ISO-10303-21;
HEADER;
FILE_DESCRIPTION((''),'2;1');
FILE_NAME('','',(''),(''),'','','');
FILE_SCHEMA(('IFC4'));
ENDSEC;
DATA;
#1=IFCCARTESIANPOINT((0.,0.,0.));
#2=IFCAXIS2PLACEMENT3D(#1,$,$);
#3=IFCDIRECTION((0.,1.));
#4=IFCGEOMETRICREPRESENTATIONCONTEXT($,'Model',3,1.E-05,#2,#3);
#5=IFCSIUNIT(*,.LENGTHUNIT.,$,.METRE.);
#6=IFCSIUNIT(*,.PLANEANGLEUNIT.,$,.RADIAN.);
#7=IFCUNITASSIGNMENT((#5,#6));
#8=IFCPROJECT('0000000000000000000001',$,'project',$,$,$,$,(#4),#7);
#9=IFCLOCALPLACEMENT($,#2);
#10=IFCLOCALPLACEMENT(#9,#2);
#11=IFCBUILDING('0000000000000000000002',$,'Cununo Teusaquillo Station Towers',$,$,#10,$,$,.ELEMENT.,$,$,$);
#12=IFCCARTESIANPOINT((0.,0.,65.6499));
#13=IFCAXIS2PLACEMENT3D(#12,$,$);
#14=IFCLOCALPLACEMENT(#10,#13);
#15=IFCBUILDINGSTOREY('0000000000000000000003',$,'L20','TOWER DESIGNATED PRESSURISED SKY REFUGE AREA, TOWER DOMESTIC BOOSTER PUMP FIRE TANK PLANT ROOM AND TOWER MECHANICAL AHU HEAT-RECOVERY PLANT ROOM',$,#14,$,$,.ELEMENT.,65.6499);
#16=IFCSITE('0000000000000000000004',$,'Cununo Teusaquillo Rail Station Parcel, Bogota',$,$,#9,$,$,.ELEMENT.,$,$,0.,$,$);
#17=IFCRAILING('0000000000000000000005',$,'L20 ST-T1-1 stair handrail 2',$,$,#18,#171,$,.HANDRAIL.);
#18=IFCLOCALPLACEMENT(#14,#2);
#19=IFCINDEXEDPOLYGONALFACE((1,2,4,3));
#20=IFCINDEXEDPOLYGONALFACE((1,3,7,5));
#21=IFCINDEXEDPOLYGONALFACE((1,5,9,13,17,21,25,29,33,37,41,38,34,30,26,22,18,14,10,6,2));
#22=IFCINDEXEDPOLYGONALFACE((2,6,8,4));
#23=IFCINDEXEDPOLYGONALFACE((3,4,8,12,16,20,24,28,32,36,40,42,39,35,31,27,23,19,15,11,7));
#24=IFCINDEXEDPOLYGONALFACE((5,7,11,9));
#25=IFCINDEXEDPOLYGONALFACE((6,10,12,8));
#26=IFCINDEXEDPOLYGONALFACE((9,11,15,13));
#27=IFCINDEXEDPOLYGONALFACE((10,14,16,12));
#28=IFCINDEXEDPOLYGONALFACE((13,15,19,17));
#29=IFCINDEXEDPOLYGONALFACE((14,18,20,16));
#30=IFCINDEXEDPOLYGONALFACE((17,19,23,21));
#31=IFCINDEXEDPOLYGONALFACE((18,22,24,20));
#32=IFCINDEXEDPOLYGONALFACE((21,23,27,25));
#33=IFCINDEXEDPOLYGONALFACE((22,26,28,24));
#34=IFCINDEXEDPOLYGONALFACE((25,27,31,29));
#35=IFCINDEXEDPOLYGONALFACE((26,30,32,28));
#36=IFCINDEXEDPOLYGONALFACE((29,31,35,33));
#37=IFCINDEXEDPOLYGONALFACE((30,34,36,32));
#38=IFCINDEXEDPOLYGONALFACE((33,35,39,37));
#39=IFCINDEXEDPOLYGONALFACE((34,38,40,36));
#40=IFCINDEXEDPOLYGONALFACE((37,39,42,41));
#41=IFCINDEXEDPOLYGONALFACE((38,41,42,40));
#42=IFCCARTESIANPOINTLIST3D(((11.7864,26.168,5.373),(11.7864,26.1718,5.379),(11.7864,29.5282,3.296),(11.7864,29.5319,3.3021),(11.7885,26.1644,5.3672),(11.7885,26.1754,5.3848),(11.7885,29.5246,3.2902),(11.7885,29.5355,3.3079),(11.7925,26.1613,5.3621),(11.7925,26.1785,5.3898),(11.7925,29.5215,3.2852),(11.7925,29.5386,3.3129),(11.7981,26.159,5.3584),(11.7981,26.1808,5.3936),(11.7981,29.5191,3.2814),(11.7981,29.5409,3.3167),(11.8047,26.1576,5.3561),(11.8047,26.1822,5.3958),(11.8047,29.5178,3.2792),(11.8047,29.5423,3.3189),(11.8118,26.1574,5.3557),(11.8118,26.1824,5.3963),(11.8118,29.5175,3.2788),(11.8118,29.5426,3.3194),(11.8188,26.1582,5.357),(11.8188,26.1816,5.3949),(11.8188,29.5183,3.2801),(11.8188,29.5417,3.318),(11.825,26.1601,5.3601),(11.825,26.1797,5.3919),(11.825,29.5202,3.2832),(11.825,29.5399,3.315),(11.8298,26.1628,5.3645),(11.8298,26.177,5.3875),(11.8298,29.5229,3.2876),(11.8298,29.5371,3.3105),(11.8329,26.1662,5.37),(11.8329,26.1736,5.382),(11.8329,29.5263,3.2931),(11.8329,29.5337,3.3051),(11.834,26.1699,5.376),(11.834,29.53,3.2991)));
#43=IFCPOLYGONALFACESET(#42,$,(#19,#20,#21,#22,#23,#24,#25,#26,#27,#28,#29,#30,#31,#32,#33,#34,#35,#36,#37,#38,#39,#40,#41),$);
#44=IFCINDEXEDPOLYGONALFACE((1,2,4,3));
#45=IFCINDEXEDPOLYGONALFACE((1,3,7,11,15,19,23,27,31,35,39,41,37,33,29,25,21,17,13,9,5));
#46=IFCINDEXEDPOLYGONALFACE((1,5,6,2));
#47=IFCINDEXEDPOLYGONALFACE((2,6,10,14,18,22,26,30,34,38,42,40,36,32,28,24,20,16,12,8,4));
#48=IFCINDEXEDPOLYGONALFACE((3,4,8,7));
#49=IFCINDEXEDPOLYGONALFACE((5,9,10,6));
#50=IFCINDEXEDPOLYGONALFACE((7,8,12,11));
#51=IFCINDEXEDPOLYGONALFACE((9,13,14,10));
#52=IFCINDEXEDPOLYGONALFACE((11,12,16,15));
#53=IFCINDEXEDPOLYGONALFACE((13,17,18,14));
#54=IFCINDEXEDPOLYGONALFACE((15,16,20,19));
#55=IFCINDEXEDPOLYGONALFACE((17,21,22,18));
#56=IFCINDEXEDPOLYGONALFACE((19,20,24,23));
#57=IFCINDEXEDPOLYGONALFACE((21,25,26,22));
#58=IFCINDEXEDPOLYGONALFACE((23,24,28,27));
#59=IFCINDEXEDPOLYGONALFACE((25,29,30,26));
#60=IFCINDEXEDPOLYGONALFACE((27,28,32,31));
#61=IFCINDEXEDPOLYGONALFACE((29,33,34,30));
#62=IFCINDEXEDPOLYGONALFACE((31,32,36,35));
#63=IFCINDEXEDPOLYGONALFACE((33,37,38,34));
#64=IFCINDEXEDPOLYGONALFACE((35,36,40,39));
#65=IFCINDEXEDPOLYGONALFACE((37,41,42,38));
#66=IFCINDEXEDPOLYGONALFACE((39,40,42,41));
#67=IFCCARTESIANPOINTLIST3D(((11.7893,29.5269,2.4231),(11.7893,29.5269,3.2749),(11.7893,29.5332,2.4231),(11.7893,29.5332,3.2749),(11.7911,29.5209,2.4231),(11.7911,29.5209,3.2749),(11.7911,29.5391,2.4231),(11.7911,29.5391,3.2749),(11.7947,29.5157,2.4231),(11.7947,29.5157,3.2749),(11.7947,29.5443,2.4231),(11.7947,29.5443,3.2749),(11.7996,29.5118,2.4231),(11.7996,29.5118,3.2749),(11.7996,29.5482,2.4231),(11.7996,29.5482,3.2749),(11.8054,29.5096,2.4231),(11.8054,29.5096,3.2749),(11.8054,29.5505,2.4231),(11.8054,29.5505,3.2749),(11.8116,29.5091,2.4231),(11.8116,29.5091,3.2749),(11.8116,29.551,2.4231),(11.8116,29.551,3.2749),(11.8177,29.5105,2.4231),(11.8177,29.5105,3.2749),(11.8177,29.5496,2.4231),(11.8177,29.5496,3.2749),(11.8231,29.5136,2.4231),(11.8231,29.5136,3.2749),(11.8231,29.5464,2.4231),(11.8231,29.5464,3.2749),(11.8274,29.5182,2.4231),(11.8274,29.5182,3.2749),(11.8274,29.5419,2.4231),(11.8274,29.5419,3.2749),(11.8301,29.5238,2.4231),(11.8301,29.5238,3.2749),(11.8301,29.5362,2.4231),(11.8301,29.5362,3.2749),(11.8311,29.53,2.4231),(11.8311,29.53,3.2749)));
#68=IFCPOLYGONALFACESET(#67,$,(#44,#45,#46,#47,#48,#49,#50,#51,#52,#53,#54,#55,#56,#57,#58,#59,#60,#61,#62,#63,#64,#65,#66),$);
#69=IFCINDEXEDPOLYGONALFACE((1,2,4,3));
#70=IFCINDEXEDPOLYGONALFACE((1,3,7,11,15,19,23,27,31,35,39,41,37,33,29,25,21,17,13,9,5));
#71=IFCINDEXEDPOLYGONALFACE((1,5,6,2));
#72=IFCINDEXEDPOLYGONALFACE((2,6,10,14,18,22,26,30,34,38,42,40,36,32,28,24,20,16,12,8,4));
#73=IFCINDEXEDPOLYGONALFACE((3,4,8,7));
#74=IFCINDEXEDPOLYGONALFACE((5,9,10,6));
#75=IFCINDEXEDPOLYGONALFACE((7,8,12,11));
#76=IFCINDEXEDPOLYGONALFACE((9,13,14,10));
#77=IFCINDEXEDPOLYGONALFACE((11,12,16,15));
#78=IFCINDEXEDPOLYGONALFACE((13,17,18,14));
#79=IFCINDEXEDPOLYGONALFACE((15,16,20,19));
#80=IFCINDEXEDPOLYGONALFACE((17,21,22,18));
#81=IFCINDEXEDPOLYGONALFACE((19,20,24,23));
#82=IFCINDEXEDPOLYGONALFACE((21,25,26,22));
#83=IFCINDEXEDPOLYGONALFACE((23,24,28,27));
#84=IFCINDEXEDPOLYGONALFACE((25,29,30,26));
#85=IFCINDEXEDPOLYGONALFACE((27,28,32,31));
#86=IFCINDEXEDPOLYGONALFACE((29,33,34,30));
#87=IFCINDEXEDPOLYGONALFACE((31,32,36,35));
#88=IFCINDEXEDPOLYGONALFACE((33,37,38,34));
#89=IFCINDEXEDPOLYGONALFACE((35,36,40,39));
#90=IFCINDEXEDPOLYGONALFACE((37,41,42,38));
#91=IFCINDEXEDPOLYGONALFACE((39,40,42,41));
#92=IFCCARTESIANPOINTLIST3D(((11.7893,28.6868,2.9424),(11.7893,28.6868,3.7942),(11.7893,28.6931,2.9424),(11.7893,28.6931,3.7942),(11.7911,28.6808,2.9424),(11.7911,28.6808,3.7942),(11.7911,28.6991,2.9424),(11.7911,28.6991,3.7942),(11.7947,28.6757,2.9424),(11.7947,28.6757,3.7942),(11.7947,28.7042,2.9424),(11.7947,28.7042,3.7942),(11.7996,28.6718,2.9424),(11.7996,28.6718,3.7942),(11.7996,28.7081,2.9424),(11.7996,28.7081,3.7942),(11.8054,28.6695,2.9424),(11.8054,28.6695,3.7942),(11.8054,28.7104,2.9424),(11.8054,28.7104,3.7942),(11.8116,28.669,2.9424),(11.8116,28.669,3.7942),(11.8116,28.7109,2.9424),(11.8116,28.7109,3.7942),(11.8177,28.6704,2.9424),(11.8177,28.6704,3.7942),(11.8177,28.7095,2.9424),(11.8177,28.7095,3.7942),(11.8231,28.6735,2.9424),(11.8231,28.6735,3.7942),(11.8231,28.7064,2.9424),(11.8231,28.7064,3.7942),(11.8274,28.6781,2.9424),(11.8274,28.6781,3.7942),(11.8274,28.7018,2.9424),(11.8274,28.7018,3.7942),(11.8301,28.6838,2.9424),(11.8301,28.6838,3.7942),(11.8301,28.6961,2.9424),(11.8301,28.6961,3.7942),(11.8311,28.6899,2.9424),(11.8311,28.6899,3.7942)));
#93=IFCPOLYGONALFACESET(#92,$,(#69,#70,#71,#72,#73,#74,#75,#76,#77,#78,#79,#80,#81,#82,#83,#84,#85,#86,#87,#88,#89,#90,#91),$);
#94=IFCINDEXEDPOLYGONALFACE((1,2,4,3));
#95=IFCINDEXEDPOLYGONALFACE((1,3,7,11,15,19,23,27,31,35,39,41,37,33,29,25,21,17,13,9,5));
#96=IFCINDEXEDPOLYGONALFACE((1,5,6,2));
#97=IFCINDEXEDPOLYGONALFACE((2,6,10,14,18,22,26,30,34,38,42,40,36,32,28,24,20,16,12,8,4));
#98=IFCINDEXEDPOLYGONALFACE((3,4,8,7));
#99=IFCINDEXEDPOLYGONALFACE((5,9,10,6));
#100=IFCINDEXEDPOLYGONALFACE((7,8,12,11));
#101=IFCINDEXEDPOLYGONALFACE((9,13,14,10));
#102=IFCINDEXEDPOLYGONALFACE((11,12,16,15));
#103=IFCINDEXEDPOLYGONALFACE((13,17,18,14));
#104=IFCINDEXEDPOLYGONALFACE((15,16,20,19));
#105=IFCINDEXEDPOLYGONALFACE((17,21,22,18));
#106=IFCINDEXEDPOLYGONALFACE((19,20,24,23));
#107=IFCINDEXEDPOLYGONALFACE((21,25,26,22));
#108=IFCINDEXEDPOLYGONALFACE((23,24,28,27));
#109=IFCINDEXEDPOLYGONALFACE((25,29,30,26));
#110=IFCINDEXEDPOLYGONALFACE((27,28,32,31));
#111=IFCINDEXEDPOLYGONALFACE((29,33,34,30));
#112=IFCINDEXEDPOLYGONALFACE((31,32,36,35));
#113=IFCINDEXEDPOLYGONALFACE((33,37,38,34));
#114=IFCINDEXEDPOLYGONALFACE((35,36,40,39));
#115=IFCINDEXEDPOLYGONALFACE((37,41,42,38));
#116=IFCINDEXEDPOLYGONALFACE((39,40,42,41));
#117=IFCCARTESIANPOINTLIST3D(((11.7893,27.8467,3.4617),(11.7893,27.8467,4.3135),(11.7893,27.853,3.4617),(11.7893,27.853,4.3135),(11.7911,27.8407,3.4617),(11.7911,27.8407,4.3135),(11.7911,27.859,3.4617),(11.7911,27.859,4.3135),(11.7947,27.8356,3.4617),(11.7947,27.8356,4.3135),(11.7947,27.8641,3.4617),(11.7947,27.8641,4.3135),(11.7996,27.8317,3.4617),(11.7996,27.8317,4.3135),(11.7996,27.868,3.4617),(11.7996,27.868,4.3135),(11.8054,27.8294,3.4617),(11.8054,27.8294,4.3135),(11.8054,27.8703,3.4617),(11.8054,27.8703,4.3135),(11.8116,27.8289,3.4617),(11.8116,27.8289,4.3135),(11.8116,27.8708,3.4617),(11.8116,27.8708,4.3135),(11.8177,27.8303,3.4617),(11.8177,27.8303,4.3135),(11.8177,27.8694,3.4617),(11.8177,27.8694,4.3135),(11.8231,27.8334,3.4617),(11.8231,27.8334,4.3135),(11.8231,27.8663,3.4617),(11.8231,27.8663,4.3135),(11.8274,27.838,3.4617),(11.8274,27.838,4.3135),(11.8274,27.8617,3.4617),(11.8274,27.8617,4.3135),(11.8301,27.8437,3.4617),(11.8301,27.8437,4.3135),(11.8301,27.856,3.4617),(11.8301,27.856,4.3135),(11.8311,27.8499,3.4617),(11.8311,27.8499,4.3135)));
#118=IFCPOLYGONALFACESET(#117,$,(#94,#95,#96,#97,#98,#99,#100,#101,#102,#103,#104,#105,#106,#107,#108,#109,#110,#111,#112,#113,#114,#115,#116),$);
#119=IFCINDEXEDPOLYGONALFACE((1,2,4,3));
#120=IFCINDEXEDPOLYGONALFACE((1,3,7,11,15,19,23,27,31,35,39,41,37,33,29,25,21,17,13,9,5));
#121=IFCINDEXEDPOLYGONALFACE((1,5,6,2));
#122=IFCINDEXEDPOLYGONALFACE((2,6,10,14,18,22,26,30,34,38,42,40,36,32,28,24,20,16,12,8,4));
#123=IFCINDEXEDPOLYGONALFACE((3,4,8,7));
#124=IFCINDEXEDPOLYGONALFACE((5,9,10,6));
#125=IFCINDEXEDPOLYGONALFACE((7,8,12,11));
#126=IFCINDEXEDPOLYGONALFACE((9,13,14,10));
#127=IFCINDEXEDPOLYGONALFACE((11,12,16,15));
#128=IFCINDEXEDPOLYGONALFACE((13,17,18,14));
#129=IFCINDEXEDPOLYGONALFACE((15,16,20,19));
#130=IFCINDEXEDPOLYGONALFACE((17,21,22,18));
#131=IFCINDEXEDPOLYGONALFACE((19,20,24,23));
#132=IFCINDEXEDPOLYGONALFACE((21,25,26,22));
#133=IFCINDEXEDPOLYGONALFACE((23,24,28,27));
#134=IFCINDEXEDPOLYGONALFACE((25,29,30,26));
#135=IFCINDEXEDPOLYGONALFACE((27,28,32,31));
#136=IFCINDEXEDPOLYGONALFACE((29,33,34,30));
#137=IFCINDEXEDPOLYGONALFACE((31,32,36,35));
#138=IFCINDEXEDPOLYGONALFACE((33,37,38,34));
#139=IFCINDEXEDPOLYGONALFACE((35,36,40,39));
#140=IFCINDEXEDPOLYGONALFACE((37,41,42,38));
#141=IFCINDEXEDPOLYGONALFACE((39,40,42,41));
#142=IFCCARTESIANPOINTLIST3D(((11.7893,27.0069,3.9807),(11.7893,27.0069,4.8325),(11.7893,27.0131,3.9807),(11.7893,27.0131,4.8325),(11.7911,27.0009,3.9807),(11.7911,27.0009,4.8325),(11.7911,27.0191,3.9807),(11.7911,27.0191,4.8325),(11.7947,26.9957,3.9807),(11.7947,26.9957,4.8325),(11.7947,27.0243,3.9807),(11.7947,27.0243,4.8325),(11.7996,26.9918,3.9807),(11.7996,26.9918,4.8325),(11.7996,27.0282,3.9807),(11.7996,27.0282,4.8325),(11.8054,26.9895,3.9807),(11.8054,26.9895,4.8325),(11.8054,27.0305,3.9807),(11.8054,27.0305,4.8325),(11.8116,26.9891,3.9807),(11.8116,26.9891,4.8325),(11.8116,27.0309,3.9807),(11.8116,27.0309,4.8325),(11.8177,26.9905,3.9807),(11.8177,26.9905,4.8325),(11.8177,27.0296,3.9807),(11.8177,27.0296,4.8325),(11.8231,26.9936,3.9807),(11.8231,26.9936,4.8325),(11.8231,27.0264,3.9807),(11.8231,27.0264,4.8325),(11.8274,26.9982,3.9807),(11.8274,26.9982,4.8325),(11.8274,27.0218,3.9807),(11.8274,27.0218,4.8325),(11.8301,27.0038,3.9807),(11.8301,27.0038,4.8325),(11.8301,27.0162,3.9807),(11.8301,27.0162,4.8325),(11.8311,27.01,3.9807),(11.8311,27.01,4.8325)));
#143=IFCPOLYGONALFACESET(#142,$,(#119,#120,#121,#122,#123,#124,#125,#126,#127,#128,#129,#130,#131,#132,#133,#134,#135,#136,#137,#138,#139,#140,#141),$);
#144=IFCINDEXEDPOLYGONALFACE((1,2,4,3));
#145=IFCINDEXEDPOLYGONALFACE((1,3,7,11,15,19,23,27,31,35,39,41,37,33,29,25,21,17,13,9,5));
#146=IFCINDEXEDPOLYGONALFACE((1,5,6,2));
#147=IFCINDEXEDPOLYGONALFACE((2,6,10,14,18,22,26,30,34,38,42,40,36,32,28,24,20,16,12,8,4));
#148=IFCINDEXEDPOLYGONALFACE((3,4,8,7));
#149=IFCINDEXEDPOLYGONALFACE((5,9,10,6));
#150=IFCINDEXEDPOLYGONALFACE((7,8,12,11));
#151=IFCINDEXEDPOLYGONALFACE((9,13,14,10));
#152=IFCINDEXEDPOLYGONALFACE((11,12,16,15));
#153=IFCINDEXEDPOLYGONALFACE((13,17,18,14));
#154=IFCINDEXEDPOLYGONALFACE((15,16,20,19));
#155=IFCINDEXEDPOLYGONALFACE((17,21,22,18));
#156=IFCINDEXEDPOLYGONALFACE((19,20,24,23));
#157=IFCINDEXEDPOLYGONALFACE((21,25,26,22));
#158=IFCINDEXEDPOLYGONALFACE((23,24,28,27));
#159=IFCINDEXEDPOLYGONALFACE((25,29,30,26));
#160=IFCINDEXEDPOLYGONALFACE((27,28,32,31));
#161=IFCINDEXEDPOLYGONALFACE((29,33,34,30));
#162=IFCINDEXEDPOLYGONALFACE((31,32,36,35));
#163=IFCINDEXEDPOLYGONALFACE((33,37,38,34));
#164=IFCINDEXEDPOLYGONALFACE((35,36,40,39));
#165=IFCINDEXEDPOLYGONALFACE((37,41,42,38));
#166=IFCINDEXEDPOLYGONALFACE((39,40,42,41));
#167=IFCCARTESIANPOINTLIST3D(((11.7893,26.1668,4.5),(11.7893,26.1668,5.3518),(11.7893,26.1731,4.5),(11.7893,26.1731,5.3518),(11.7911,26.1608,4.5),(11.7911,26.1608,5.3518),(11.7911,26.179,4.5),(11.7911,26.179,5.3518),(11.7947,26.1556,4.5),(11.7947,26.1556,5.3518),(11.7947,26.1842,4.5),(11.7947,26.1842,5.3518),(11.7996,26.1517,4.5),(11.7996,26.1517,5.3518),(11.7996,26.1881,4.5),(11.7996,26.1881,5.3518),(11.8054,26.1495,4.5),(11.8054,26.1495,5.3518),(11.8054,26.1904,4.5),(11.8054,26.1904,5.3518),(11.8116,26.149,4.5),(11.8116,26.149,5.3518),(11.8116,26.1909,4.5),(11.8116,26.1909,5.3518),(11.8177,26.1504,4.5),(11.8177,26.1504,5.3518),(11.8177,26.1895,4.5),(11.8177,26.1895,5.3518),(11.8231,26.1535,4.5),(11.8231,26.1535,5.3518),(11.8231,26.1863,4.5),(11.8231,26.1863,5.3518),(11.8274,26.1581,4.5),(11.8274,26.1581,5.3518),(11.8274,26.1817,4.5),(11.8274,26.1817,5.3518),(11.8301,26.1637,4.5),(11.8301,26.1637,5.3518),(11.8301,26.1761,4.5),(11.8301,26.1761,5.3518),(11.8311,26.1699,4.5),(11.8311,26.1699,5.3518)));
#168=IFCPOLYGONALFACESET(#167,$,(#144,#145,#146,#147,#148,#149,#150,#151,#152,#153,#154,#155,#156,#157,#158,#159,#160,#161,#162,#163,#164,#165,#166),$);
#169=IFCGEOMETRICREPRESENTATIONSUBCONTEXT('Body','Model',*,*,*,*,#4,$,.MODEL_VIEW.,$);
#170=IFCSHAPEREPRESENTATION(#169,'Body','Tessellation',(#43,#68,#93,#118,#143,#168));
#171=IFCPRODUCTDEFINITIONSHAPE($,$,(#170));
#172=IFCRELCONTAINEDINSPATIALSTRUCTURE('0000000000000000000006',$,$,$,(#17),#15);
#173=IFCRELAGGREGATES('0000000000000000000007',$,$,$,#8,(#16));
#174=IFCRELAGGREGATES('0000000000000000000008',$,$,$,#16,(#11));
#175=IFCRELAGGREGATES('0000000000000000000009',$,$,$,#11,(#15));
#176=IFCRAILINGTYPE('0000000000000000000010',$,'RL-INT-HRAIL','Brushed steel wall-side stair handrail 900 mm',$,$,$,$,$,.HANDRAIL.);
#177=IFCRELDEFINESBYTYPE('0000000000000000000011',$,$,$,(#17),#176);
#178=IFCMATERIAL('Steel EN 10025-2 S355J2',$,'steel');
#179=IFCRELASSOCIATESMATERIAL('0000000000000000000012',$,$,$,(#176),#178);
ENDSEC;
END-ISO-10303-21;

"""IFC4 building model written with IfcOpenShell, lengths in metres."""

from ifc_helpers import new_model, si_unit, direction, frame, origin, origin_2d, place, context, subcontext, project, spatial, circle, extrude, material, type_object, element, save


model = new_model("IFC4")

# Units and contexts
model_context = context("Model", 3, precision=1e-05, world=origin(), true_north=direction((0.0, 1.0)))
body_context = subcontext(model_context, "Body", "Model", "MODEL_VIEW")
ifc_project = project(units=[si_unit("LENGTHUNIT", "METRE"), si_unit("PLANEANGLEUNIT", "RADIAN")], contexts=[model_context])

# Site, building, storey
site_placement = place(None, origin())
site = spatial("IfcSite", under=ifc_project, at=site_placement, Name="Cununo Teusaquillo Rail Station Parcel, Bogota", CompositionType="ELEMENT", RefElevation=0.0)
building_placement = place(site_placement, origin())
building = spatial("IfcBuilding", under=site, at=building_placement, Name="Cununo Teusaquillo Station Towers", CompositionType="ELEMENT")
storey_placement = place(building_placement, frame((0.0, 0.0, 65.6499)))
storey = spatial("IfcBuildingStorey", under=building, at=storey_placement, Name="L20", Description="TOWER DESIGNATED PRESSURISED SKY REFUGE AREA, TOWER DOMESTIC BOOSTER PUMP FIRE TANK PLANT ROOM AND TOWER MECHANICAL AHU HEAT-RECOVERY PLANT ROOM", CompositionType="ELEMENT", Elevation=65.6499)

# Railing
ifc_material_1 = material(Name="Steel EN 10025-2 S355J2", Category="steel")
railing_type_1 = type_object("IfcRailingType", Name="RL-INT-HRAIL", Description="Brushed steel wall-side stair handrail 900 mm", PredefinedType="HANDRAIL", material=ifc_material_1)
railing_1_placement = place(storey_placement, frame((11.8101, 29.53, 2.4231)))
element("IfcRailing", 1, at=railing_1_placement, inside=storey, type_object=railing_type_1, Name="L20 ST-T1-1 stair handrail 2", PredefinedType="HANDRAIL", context=body_context, shape_type="SweptSolid", body=[
    extrude(circle(Radius=0.0239, at=origin_2d()), frame((0.0, 0.0, 0.876), z_axis=(0.0, -0.850623, 0.525776), x_axis=(1.0, 0.0, 0.0)), (0.0, 0.0, 1.0), 3.9502),
    extrude(circle(Radius=0.021, at=origin_2d()), origin(), (0.0, 0.0, 1.0), 0.8518),
    extrude(circle(Radius=0.021, at=origin_2d()), frame((0.0, -0.8401, 0.5193)), (0.0, 0.0, 1.0), 0.8518),
    extrude(circle(Radius=0.021, at=origin_2d()), frame((0.0, -1.6802, 1.0386)), (0.0, 0.0, 1.0), 0.8518),
    extrude(circle(Radius=0.021, at=origin_2d()), frame((0.0, -2.52, 1.5576)), (0.0, 0.0, 1.0), 0.8518),
    extrude(circle(Radius=0.021, at=origin_2d()), frame((0.0, -3.3601, 2.0769)), (0.0, 0.0, 1.0), 0.8518),
])

save(model, "model.ifc")
